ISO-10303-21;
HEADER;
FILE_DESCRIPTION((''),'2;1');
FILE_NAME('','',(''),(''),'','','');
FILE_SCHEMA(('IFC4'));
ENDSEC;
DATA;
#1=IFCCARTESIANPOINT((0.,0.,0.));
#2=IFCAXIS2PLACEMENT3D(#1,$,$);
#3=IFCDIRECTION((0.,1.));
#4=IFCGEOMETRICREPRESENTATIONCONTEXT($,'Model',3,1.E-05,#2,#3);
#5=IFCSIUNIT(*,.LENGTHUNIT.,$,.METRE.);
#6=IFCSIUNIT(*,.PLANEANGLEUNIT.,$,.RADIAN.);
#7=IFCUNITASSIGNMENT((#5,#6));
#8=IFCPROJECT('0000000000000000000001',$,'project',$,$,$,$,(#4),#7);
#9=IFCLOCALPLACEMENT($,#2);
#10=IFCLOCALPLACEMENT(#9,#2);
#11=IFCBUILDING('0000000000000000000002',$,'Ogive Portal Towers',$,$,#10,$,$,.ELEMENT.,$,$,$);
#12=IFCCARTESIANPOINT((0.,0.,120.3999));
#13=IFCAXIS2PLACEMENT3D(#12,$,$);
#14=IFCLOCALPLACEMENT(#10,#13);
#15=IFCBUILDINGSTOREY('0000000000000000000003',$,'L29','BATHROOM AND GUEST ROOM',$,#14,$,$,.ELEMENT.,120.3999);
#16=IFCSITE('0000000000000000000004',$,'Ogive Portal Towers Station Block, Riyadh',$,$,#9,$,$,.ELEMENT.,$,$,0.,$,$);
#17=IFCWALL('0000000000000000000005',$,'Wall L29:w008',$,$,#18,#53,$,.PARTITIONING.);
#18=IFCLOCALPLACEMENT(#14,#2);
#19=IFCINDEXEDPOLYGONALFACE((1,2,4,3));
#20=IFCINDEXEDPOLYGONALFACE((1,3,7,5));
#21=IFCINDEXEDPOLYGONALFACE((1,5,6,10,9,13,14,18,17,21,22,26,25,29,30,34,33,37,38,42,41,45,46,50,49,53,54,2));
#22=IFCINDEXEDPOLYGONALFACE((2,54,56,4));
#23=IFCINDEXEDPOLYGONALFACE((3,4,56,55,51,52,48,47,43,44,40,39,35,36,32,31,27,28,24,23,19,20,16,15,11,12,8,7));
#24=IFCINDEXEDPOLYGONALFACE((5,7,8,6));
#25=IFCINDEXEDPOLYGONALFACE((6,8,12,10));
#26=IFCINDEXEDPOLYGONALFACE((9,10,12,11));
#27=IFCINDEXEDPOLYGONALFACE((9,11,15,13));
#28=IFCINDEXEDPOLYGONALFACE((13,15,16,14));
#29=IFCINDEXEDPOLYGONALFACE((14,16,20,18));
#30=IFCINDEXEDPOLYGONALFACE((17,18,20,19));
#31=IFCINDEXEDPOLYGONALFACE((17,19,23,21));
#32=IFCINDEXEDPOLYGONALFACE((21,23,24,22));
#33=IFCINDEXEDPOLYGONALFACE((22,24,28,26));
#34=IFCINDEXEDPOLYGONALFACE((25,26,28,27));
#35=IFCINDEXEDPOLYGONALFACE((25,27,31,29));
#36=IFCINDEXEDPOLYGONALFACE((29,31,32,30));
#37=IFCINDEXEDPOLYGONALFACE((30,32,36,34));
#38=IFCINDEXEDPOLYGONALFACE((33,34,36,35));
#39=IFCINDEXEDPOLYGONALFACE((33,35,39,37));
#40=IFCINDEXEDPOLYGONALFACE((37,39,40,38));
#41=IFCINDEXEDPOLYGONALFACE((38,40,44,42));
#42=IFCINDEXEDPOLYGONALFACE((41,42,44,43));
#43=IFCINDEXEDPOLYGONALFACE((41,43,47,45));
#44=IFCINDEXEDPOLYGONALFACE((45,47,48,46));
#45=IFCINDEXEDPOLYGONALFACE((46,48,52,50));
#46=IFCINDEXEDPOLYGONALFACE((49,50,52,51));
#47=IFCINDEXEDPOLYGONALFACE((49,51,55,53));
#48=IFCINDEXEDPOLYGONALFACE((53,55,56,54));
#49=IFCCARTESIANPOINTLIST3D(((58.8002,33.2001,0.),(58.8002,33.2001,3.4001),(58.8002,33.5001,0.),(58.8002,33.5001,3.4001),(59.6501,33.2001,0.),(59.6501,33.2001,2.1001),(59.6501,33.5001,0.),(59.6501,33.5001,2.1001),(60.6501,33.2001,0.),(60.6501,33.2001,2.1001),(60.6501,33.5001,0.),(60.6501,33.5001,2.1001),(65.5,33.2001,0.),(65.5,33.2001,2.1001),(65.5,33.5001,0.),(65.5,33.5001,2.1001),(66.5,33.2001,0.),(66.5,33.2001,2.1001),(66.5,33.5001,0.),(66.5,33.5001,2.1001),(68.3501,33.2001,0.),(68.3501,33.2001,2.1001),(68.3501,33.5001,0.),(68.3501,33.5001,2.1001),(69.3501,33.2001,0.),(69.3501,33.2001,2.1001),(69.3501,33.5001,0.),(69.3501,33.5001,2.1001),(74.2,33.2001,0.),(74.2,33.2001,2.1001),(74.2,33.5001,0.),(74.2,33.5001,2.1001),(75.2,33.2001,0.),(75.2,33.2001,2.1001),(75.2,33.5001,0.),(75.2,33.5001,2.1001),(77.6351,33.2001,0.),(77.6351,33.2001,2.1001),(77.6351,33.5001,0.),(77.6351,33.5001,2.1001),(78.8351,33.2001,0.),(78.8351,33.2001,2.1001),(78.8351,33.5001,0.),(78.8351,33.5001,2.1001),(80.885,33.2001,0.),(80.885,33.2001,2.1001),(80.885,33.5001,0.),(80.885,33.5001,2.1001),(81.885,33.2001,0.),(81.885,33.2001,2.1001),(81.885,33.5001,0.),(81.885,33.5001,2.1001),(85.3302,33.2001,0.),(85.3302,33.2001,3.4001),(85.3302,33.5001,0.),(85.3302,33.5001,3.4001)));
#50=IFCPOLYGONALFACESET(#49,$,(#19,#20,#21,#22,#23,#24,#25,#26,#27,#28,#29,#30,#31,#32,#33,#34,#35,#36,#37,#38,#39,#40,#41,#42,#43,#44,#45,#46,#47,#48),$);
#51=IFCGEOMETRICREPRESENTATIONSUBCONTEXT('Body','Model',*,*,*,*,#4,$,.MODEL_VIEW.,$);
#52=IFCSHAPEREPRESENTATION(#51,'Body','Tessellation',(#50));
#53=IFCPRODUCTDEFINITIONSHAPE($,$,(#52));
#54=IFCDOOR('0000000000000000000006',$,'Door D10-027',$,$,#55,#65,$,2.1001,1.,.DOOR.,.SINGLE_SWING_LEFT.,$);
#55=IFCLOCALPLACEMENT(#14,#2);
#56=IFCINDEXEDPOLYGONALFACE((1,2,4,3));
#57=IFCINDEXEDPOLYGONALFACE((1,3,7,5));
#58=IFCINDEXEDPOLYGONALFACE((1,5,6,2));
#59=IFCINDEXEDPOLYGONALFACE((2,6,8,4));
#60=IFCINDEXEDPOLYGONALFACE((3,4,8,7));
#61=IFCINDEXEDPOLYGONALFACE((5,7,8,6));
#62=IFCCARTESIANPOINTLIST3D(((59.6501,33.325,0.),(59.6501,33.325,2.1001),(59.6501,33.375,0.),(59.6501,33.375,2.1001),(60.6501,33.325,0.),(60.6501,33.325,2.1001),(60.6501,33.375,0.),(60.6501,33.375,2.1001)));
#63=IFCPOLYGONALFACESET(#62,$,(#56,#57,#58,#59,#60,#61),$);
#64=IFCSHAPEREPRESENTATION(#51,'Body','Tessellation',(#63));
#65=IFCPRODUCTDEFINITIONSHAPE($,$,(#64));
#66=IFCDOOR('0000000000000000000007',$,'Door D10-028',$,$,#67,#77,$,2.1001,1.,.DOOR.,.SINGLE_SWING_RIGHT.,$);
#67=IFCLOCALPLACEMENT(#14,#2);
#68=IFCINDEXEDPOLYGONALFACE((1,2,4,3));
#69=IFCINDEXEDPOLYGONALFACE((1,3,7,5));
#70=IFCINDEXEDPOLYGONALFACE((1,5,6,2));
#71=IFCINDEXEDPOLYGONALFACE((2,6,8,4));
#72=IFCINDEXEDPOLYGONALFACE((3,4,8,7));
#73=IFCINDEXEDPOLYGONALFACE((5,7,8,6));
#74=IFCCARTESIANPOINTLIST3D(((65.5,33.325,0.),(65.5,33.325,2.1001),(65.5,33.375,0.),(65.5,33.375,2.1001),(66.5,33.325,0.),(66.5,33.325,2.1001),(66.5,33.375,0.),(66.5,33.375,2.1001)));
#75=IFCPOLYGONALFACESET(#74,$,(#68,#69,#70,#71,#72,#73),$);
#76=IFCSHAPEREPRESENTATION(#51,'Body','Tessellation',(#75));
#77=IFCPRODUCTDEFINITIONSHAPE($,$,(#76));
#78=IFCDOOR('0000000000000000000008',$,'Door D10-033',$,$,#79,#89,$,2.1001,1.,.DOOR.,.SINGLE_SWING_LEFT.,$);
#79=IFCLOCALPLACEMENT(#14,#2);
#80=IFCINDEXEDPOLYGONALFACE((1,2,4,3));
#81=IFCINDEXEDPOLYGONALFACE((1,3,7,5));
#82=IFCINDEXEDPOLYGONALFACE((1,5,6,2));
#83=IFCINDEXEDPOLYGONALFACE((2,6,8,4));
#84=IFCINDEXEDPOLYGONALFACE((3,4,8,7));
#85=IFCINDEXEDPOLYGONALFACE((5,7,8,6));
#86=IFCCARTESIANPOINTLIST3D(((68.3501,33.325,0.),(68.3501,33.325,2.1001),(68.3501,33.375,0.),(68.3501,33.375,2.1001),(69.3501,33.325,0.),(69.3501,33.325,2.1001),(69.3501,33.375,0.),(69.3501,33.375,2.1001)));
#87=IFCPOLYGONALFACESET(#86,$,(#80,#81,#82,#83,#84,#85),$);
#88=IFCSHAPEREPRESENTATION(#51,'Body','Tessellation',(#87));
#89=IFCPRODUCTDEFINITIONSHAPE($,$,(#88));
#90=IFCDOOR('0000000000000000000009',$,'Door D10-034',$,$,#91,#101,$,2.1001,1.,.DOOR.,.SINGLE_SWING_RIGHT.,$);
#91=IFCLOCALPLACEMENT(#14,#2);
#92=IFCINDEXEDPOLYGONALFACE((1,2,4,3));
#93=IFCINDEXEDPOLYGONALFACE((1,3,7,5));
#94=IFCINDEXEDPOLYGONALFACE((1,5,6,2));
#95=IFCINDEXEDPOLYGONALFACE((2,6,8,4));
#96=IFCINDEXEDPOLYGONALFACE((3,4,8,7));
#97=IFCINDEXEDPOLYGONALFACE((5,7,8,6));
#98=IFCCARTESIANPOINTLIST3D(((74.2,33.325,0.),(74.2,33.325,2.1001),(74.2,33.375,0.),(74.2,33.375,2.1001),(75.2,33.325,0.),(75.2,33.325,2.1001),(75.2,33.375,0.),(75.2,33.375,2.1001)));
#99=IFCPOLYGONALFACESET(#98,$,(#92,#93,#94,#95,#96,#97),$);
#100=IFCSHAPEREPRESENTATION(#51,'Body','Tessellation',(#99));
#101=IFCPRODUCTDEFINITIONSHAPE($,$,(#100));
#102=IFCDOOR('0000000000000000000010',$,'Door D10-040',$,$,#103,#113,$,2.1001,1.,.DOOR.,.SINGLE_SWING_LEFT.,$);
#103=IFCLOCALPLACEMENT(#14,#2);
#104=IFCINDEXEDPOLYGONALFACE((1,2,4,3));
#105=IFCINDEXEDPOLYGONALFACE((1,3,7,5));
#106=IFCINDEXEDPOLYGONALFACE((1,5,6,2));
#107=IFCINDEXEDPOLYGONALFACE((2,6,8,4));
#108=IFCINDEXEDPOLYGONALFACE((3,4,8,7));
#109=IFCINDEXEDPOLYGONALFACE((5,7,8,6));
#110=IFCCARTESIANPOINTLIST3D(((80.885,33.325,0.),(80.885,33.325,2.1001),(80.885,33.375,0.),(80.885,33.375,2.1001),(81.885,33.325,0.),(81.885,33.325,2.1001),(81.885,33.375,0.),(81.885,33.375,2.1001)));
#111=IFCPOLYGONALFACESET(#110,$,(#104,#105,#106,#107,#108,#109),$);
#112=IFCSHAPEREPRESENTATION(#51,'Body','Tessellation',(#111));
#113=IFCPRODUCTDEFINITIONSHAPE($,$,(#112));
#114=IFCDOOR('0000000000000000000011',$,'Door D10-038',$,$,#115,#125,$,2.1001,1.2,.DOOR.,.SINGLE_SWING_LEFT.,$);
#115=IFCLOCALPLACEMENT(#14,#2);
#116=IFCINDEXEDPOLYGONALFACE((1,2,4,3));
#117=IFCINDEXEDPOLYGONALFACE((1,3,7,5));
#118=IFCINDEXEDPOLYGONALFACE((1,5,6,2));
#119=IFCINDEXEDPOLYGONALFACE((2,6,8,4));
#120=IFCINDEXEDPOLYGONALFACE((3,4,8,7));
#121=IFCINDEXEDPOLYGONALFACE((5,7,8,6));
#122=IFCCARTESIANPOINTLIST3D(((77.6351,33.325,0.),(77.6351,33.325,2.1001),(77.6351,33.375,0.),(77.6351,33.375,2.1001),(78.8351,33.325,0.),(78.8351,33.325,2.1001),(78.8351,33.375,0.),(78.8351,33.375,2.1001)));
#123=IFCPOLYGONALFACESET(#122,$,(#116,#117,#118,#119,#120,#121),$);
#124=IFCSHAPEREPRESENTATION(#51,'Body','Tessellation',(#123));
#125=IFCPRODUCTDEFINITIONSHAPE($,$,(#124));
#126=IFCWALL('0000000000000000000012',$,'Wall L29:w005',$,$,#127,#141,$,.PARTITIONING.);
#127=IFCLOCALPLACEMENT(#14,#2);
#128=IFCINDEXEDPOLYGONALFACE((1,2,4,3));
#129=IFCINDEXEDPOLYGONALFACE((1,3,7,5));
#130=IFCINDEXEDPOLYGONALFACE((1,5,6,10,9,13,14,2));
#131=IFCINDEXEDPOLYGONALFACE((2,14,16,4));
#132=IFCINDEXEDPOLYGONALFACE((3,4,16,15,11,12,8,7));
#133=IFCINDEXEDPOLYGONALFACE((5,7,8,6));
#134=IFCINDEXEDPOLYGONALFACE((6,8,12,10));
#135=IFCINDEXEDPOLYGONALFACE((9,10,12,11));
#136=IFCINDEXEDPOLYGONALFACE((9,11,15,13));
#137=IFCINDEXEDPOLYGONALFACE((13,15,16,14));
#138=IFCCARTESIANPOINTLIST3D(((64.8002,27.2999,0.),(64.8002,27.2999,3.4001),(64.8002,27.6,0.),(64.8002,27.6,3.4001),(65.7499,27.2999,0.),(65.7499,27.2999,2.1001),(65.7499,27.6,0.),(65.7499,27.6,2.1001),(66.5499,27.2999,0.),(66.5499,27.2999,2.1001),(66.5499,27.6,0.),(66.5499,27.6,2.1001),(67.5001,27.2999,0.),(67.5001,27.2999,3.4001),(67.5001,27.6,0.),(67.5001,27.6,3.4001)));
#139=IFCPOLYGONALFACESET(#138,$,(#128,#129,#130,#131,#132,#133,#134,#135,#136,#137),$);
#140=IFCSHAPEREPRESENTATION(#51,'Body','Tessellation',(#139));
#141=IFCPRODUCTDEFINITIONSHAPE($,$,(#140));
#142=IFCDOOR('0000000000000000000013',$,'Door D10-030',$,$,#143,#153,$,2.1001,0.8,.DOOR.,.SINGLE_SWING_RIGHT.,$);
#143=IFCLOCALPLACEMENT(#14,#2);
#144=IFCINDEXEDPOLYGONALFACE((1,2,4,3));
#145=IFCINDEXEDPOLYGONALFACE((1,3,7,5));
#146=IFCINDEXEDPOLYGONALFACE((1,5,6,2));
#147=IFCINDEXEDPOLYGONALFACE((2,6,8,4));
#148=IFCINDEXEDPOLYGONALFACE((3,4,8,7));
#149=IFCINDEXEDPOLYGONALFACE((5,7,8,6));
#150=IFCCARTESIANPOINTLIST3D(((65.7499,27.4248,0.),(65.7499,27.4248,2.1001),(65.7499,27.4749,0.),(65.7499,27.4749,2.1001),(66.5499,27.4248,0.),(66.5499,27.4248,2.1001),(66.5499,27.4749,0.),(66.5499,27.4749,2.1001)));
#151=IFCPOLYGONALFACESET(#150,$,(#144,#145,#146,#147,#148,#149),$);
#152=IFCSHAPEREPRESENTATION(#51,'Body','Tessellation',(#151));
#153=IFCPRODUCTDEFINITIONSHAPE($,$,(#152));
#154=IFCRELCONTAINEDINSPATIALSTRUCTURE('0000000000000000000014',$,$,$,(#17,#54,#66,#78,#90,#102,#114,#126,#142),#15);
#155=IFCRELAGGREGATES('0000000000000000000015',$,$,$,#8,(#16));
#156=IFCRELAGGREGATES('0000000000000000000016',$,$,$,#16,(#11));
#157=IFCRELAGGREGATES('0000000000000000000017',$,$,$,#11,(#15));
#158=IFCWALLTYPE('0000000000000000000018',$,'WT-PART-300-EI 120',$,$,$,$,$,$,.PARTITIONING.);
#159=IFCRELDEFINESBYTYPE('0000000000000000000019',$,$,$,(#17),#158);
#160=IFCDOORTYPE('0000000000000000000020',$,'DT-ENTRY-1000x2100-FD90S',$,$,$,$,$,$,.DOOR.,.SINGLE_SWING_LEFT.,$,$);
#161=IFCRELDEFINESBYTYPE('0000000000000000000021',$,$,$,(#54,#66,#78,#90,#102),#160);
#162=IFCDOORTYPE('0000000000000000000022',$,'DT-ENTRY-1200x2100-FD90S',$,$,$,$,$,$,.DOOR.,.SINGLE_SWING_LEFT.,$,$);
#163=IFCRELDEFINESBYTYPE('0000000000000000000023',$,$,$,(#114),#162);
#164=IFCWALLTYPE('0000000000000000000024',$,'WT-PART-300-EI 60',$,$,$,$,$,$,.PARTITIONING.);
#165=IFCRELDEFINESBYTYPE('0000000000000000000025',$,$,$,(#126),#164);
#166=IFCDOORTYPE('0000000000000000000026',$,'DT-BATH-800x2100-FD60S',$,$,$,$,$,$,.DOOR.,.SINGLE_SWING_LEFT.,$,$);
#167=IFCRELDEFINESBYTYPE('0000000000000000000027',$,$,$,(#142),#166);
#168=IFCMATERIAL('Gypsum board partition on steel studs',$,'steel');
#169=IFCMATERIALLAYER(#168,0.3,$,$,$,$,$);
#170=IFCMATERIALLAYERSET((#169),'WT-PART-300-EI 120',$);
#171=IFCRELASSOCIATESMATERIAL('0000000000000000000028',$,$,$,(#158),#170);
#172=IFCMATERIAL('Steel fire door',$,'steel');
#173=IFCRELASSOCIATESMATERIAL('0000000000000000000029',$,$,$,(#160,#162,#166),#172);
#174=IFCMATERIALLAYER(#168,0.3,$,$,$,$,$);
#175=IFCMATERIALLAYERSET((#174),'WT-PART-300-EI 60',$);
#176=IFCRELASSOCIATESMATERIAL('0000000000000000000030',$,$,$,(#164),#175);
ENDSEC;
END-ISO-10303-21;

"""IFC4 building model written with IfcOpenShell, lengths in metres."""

from ifc_helpers import new_model, si_unit, direction, frame, frame_2d, origin, place, context, subcontext, project, spatial, rectangle, extrude, material, layer, layer_set, type_object, element, fill, save


model = new_model("IFC4")

# Units and contexts
model_context = context("Model", 3, precision=1e-05, world=origin(), true_north=direction((0.0, 1.0)))
body_context = subcontext(model_context, "Body", "Model", "MODEL_VIEW")
ifc_project = project(units=[si_unit("LENGTHUNIT", "METRE"), si_unit("PLANEANGLEUNIT", "RADIAN")], contexts=[model_context])

# Site, building, storey
site_placement = place(None, origin())
site = spatial("IfcSite", under=ifc_project, at=site_placement, Name="Ogive Portal Towers Station Block, Riyadh", CompositionType="ELEMENT", RefElevation=0.0)
building_placement = place(site_placement, origin())
building = spatial("IfcBuilding", under=site, at=building_placement, Name="Ogive Portal Towers", CompositionType="ELEMENT")
storey_placement = place(building_placement, frame((0.0, 0.0, 120.3999)))
storey = spatial("IfcBuildingStorey", under=building, at=storey_placement, Name="L29", Description="BATHROOM AND GUEST ROOM", CompositionType="ELEMENT", Elevation=120.3999)

# Shared definitions
ifc_material_1 = material(Name="Gypsum board partition on steel studs", Category="steel")
ifc_material_2 = material(Name="Steel fire door", Category="steel")

# Wall, openings, doors
ifc_layer_1 = layer(ifc_material_1, 0.3)
ifc_layer_set_1 = layer_set([ifc_layer_1], Name="WT-PART-300-EI 120")
wall_type_1 = type_object("IfcWallType", Name="WT-PART-300-EI 120", PredefinedType="PARTITIONING", material=ifc_layer_set_1)
door_type_1 = type_object("IfcDoorType", Name="DT-ENTRY-1000x2100-FD90S", OperationType="SINGLE_SWING_LEFT", PredefinedType="DOOR", material=ifc_material_2)
door_type_2 = type_object("IfcDoorType", Name="DT-ENTRY-1200x2100-FD90S", OperationType="SINGLE_SWING_LEFT", PredefinedType="DOOR", material=ifc_material_2)
wall_1_placement = place(storey_placement, frame((58.8, 33.3501, 0.0), z_axis=(0.0, 0.0, 1.0), x_axis=(1.0, 0.0, 0.0)))
wall_1 = element("IfcWall", 1, at=wall_1_placement, inside=storey, type_object=wall_type_1, Name="Wall L29:w008", PredefinedType="PARTITIONING", context=body_context, shape_type="SweptSolid", body=[
    extrude(rectangle(XDim=26.53, YDim=0.3, at=frame_2d((13.2651, 0.0))), origin(), (0.0, 0.0, 1.0), 3.4001),
])
opening_1_placement = place(wall_1_placement, frame((0.8501, 0.0, 0.0)))
opening_1 = element("IfcOpeningElement", 2, at=opening_1_placement, cuts=wall_1, PredefinedType="OPENING", context=body_context, shape_type="SweptSolid", body=[
    extrude(rectangle(XDim=1.0, YDim=2.1001, at=frame_2d((0.5, 1.05))), frame((0.0, 0.1602, 0.0), z_axis=(0.0, -1.0, 0.0), x_axis=(1.0, 0.0, 0.0)), (0.0, 0.0, 1.0), 0.3201),
])
opening_2_placement = place(wall_1_placement, frame((6.7, 0.0, 0.0)))
opening_2 = element("IfcOpeningElement", 3, at=opening_2_placement, cuts=wall_1, PredefinedType="OPENING", context=body_context, shape_type="SweptSolid", body=[
    extrude(rectangle(XDim=1.0, YDim=2.1001, at=frame_2d((0.5, 1.05))), frame((0.0, 0.1602, 0.0), z_axis=(0.0, -1.0, 0.0), x_axis=(1.0, 0.0, 0.0)), (0.0, 0.0, 1.0), 0.3201),
])
opening_3_placement = place(wall_1_placement, frame((9.55, 0.0, 0.0)))
opening_3 = element("IfcOpeningElement", 4, at=opening_3_placement, cuts=wall_1, PredefinedType="OPENING", context=body_context, shape_type="SweptSolid", body=[
    extrude(rectangle(XDim=1.0, YDim=2.1001, at=frame_2d((0.5, 1.05))), frame((0.0, 0.1602, 0.0), z_axis=(0.0, -1.0, 0.0), x_axis=(1.0, 0.0, 0.0)), (0.0, 0.0, 1.0), 0.3201),
])
opening_4_placement = place(wall_1_placement, frame((15.3999, 0.0, 0.0)))
opening_4 = element("IfcOpeningElement", 5, at=opening_4_placement, cuts=wall_1, PredefinedType="OPENING", context=body_context, shape_type="SweptSolid", body=[
    extrude(rectangle(XDim=1.0, YDim=2.1001, at=frame_2d((0.5, 1.05))), frame((0.0, 0.1602, 0.0), z_axis=(0.0, -1.0, 0.0), x_axis=(1.0, 0.0, 0.0)), (0.0, 0.0, 1.0), 0.3201),
])
opening_5_placement = place(wall_1_placement, frame((18.835, 0.0, 0.0)))
opening_5 = element("IfcOpeningElement", 6, at=opening_5_placement, cuts=wall_1, PredefinedType="OPENING", context=body_context, shape_type="SweptSolid", body=[
    extrude(rectangle(XDim=1.2, YDim=2.1001, at=frame_2d((0.6001, 1.05))), frame((0.0, 0.1602, 0.0), z_axis=(0.0, -1.0, 0.0), x_axis=(1.0, 0.0, 0.0)), (0.0, 0.0, 1.0), 0.3201),
])
opening_6_placement = place(wall_1_placement, frame((22.085, 0.0, 0.0)))
opening_6 = element("IfcOpeningElement", 7, at=opening_6_placement, cuts=wall_1, PredefinedType="OPENING", context=body_context, shape_type="SweptSolid", body=[
    extrude(rectangle(XDim=1.0, YDim=2.1001, at=frame_2d((0.5, 1.05))), frame((0.0, 0.1602, 0.0), z_axis=(0.0, -1.0, 0.0), x_axis=(1.0, 0.0, 0.0)), (0.0, 0.0, 1.0), 0.3201),
])
door_1_placement = place(opening_1_placement, origin())
door_1 = element("IfcDoor", 8, at=door_1_placement, inside=storey, type_object=door_type_1, Name="Door D10-027", OperationType="SINGLE_SWING_LEFT", OverallHeight=2.1001, OverallWidth=1.0, PredefinedType="DOOR", context=body_context, shape_type="SweptSolid", body=[
    extrude(rectangle(XDim=1.0, YDim=2.1001, at=frame_2d((0.5, 1.05))), frame((0.0, 0.0249, 0.0), z_axis=(0.0, -1.0, 0.0), x_axis=(1.0, 0.0, 0.0)), (0.0, 0.0, 1.0), 0.05),
])
fill(opening_1, door_1)
door_2_placement = place(opening_2_placement, origin())
door_2 = element("IfcDoor", 9, at=door_2_placement, inside=storey, type_object=door_type_1, Name="Door D10-028", OperationType="SINGLE_SWING_RIGHT", OverallHeight=2.1001, OverallWidth=1.0, PredefinedType="DOOR", context=body_context, shape_type="SweptSolid", body=[
    extrude(rectangle(XDim=1.0, YDim=2.1001, at=frame_2d((0.5, 1.05))), frame((0.0, 0.0249, 0.0), z_axis=(0.0, -1.0, 0.0), x_axis=(1.0, 0.0, 0.0)), (0.0, 0.0, 1.0), 0.05),
])
fill(opening_2, door_2)
door_3_placement = place(opening_3_placement, origin())
door_3 = element("IfcDoor", 10, at=door_3_placement, inside=storey, type_object=door_type_1, Name="Door D10-033", OperationType="SINGLE_SWING_LEFT", OverallHeight=2.1001, OverallWidth=1.0, PredefinedType="DOOR", context=body_context, shape_type="SweptSolid", body=[
    extrude(rectangle(XDim=1.0, YDim=2.1001, at=frame_2d((0.5, 1.05))), frame((0.0, 0.0249, 0.0), z_axis=(0.0, -1.0, 0.0), x_axis=(1.0, 0.0, 0.0)), (0.0, 0.0, 1.0), 0.05),
])
fill(opening_3, door_3)
door_4_placement = place(opening_4_placement, origin())
door_4 = element("IfcDoor", 11, at=door_4_placement, inside=storey, type_object=door_type_1, Name="Door D10-034", OperationType="SINGLE_SWING_RIGHT", OverallHeight=2.1001, OverallWidth=1.0, PredefinedType="DOOR", context=body_context, shape_type="SweptSolid", body=[
    extrude(rectangle(XDim=1.0, YDim=2.1001, at=frame_2d((0.5, 1.05))), frame((0.0, 0.0249, 0.0), z_axis=(0.0, -1.0, 0.0), x_axis=(1.0, 0.0, 0.0)), (0.0, 0.0, 1.0), 0.05),
])
fill(opening_4, door_4)
door_5_placement = place(opening_6_placement, origin())
door_5 = element("IfcDoor", 12, at=door_5_placement, inside=storey, type_object=door_type_1, Name="Door D10-040", OperationType="SINGLE_SWING_LEFT", OverallHeight=2.1001, OverallWidth=1.0, PredefinedType="DOOR", context=body_context, shape_type="SweptSolid", body=[
    extrude(rectangle(XDim=1.0, YDim=2.1001, at=frame_2d((0.5, 1.05))), frame((0.0, 0.0249, 0.0), z_axis=(0.0, -1.0, 0.0), x_axis=(1.0, 0.0, 0.0)), (0.0, 0.0, 1.0), 0.05),
])
fill(opening_6, door_5)
door_6_placement = place(opening_5_placement, origin())
door_6 = element("IfcDoor", 13, at=door_6_placement, inside=storey, type_object=door_type_2, Name="Door D10-038", OperationType="SINGLE_SWING_LEFT", OverallHeight=2.1001, OverallWidth=1.2, PredefinedType="DOOR", context=body_context, shape_type="SweptSolid", body=[
    extrude(rectangle(XDim=1.2, YDim=2.1001, at=frame_2d((0.6001, 1.05))), frame((0.0, 0.0249, 0.0), z_axis=(0.0, -1.0, 0.0), x_axis=(1.0, 0.0, 0.0)), (0.0, 0.0, 1.0), 0.05),
])
fill(opening_5, door_6)

# Wall, opening, door
ifc_layer_2 = layer(ifc_material_1, 0.3)
ifc_layer_set_2 = layer_set([ifc_layer_2], Name="WT-PART-300-EI 60")
wall_type_2 = type_object("IfcWallType", Name="WT-PART-300-EI 60", PredefinedType="PARTITIONING", material=ifc_layer_set_2)
wall_2_placement = place(storey_placement, frame((64.8, 27.45, 0.0), z_axis=(0.0, 0.0, 1.0), x_axis=(1.0, 0.0, 0.0)))
wall_2 = element("IfcWall", 14, at=wall_2_placement, inside=storey, type_object=wall_type_2, Name="Wall L29:w005", PredefinedType="PARTITIONING", context=body_context, shape_type="SweptSolid", body=[
    extrude(rectangle(XDim=2.7, YDim=0.3, at=frame_2d((1.3501, 0.0))), origin(), (0.0, 0.0, 1.0), 3.4001),
])
opening_7_placement = place(wall_2_placement, frame((0.95, 0.0, 0.0)))
opening_7 = element("IfcOpeningElement", 15, at=opening_7_placement, cuts=wall_2, PredefinedType="OPENING", context=body_context, shape_type="SweptSolid", body=[
    extrude(rectangle(XDim=0.8, YDim=2.1001, at=frame_2d((0.3999, 1.05))), frame((0.0, 0.1602, 0.0), z_axis=(0.0, -1.0, 0.0), x_axis=(1.0, 0.0, 0.0)), (0.0, 0.0, 1.0), 0.3201),
])
door_type_3 = type_object("IfcDoorType", Name="DT-BATH-800x2100-FD60S", OperationType="SINGLE_SWING_LEFT", PredefinedType="DOOR", material=ifc_material_2)
door_7_placement = place(opening_7_placement, origin())
door_7 = element("IfcDoor", 16, at=door_7_placement, inside=storey, type_object=door_type_3, Name="Door D10-030", OperationType="SINGLE_SWING_RIGHT", OverallHeight=2.1001, OverallWidth=0.8, PredefinedType="DOOR", context=body_context, shape_type="SweptSolid", body=[
    extrude(rectangle(XDim=0.8, YDim=2.1001, at=frame_2d((0.3999, 1.05))), frame((0.0, 0.0249, 0.0), z_axis=(0.0, -1.0, 0.0), x_axis=(1.0, 0.0, 0.0)), (0.0, 0.0, 1.0), 0.05),
])
fill(opening_7, door_7)

save(model, "model.ifc")
